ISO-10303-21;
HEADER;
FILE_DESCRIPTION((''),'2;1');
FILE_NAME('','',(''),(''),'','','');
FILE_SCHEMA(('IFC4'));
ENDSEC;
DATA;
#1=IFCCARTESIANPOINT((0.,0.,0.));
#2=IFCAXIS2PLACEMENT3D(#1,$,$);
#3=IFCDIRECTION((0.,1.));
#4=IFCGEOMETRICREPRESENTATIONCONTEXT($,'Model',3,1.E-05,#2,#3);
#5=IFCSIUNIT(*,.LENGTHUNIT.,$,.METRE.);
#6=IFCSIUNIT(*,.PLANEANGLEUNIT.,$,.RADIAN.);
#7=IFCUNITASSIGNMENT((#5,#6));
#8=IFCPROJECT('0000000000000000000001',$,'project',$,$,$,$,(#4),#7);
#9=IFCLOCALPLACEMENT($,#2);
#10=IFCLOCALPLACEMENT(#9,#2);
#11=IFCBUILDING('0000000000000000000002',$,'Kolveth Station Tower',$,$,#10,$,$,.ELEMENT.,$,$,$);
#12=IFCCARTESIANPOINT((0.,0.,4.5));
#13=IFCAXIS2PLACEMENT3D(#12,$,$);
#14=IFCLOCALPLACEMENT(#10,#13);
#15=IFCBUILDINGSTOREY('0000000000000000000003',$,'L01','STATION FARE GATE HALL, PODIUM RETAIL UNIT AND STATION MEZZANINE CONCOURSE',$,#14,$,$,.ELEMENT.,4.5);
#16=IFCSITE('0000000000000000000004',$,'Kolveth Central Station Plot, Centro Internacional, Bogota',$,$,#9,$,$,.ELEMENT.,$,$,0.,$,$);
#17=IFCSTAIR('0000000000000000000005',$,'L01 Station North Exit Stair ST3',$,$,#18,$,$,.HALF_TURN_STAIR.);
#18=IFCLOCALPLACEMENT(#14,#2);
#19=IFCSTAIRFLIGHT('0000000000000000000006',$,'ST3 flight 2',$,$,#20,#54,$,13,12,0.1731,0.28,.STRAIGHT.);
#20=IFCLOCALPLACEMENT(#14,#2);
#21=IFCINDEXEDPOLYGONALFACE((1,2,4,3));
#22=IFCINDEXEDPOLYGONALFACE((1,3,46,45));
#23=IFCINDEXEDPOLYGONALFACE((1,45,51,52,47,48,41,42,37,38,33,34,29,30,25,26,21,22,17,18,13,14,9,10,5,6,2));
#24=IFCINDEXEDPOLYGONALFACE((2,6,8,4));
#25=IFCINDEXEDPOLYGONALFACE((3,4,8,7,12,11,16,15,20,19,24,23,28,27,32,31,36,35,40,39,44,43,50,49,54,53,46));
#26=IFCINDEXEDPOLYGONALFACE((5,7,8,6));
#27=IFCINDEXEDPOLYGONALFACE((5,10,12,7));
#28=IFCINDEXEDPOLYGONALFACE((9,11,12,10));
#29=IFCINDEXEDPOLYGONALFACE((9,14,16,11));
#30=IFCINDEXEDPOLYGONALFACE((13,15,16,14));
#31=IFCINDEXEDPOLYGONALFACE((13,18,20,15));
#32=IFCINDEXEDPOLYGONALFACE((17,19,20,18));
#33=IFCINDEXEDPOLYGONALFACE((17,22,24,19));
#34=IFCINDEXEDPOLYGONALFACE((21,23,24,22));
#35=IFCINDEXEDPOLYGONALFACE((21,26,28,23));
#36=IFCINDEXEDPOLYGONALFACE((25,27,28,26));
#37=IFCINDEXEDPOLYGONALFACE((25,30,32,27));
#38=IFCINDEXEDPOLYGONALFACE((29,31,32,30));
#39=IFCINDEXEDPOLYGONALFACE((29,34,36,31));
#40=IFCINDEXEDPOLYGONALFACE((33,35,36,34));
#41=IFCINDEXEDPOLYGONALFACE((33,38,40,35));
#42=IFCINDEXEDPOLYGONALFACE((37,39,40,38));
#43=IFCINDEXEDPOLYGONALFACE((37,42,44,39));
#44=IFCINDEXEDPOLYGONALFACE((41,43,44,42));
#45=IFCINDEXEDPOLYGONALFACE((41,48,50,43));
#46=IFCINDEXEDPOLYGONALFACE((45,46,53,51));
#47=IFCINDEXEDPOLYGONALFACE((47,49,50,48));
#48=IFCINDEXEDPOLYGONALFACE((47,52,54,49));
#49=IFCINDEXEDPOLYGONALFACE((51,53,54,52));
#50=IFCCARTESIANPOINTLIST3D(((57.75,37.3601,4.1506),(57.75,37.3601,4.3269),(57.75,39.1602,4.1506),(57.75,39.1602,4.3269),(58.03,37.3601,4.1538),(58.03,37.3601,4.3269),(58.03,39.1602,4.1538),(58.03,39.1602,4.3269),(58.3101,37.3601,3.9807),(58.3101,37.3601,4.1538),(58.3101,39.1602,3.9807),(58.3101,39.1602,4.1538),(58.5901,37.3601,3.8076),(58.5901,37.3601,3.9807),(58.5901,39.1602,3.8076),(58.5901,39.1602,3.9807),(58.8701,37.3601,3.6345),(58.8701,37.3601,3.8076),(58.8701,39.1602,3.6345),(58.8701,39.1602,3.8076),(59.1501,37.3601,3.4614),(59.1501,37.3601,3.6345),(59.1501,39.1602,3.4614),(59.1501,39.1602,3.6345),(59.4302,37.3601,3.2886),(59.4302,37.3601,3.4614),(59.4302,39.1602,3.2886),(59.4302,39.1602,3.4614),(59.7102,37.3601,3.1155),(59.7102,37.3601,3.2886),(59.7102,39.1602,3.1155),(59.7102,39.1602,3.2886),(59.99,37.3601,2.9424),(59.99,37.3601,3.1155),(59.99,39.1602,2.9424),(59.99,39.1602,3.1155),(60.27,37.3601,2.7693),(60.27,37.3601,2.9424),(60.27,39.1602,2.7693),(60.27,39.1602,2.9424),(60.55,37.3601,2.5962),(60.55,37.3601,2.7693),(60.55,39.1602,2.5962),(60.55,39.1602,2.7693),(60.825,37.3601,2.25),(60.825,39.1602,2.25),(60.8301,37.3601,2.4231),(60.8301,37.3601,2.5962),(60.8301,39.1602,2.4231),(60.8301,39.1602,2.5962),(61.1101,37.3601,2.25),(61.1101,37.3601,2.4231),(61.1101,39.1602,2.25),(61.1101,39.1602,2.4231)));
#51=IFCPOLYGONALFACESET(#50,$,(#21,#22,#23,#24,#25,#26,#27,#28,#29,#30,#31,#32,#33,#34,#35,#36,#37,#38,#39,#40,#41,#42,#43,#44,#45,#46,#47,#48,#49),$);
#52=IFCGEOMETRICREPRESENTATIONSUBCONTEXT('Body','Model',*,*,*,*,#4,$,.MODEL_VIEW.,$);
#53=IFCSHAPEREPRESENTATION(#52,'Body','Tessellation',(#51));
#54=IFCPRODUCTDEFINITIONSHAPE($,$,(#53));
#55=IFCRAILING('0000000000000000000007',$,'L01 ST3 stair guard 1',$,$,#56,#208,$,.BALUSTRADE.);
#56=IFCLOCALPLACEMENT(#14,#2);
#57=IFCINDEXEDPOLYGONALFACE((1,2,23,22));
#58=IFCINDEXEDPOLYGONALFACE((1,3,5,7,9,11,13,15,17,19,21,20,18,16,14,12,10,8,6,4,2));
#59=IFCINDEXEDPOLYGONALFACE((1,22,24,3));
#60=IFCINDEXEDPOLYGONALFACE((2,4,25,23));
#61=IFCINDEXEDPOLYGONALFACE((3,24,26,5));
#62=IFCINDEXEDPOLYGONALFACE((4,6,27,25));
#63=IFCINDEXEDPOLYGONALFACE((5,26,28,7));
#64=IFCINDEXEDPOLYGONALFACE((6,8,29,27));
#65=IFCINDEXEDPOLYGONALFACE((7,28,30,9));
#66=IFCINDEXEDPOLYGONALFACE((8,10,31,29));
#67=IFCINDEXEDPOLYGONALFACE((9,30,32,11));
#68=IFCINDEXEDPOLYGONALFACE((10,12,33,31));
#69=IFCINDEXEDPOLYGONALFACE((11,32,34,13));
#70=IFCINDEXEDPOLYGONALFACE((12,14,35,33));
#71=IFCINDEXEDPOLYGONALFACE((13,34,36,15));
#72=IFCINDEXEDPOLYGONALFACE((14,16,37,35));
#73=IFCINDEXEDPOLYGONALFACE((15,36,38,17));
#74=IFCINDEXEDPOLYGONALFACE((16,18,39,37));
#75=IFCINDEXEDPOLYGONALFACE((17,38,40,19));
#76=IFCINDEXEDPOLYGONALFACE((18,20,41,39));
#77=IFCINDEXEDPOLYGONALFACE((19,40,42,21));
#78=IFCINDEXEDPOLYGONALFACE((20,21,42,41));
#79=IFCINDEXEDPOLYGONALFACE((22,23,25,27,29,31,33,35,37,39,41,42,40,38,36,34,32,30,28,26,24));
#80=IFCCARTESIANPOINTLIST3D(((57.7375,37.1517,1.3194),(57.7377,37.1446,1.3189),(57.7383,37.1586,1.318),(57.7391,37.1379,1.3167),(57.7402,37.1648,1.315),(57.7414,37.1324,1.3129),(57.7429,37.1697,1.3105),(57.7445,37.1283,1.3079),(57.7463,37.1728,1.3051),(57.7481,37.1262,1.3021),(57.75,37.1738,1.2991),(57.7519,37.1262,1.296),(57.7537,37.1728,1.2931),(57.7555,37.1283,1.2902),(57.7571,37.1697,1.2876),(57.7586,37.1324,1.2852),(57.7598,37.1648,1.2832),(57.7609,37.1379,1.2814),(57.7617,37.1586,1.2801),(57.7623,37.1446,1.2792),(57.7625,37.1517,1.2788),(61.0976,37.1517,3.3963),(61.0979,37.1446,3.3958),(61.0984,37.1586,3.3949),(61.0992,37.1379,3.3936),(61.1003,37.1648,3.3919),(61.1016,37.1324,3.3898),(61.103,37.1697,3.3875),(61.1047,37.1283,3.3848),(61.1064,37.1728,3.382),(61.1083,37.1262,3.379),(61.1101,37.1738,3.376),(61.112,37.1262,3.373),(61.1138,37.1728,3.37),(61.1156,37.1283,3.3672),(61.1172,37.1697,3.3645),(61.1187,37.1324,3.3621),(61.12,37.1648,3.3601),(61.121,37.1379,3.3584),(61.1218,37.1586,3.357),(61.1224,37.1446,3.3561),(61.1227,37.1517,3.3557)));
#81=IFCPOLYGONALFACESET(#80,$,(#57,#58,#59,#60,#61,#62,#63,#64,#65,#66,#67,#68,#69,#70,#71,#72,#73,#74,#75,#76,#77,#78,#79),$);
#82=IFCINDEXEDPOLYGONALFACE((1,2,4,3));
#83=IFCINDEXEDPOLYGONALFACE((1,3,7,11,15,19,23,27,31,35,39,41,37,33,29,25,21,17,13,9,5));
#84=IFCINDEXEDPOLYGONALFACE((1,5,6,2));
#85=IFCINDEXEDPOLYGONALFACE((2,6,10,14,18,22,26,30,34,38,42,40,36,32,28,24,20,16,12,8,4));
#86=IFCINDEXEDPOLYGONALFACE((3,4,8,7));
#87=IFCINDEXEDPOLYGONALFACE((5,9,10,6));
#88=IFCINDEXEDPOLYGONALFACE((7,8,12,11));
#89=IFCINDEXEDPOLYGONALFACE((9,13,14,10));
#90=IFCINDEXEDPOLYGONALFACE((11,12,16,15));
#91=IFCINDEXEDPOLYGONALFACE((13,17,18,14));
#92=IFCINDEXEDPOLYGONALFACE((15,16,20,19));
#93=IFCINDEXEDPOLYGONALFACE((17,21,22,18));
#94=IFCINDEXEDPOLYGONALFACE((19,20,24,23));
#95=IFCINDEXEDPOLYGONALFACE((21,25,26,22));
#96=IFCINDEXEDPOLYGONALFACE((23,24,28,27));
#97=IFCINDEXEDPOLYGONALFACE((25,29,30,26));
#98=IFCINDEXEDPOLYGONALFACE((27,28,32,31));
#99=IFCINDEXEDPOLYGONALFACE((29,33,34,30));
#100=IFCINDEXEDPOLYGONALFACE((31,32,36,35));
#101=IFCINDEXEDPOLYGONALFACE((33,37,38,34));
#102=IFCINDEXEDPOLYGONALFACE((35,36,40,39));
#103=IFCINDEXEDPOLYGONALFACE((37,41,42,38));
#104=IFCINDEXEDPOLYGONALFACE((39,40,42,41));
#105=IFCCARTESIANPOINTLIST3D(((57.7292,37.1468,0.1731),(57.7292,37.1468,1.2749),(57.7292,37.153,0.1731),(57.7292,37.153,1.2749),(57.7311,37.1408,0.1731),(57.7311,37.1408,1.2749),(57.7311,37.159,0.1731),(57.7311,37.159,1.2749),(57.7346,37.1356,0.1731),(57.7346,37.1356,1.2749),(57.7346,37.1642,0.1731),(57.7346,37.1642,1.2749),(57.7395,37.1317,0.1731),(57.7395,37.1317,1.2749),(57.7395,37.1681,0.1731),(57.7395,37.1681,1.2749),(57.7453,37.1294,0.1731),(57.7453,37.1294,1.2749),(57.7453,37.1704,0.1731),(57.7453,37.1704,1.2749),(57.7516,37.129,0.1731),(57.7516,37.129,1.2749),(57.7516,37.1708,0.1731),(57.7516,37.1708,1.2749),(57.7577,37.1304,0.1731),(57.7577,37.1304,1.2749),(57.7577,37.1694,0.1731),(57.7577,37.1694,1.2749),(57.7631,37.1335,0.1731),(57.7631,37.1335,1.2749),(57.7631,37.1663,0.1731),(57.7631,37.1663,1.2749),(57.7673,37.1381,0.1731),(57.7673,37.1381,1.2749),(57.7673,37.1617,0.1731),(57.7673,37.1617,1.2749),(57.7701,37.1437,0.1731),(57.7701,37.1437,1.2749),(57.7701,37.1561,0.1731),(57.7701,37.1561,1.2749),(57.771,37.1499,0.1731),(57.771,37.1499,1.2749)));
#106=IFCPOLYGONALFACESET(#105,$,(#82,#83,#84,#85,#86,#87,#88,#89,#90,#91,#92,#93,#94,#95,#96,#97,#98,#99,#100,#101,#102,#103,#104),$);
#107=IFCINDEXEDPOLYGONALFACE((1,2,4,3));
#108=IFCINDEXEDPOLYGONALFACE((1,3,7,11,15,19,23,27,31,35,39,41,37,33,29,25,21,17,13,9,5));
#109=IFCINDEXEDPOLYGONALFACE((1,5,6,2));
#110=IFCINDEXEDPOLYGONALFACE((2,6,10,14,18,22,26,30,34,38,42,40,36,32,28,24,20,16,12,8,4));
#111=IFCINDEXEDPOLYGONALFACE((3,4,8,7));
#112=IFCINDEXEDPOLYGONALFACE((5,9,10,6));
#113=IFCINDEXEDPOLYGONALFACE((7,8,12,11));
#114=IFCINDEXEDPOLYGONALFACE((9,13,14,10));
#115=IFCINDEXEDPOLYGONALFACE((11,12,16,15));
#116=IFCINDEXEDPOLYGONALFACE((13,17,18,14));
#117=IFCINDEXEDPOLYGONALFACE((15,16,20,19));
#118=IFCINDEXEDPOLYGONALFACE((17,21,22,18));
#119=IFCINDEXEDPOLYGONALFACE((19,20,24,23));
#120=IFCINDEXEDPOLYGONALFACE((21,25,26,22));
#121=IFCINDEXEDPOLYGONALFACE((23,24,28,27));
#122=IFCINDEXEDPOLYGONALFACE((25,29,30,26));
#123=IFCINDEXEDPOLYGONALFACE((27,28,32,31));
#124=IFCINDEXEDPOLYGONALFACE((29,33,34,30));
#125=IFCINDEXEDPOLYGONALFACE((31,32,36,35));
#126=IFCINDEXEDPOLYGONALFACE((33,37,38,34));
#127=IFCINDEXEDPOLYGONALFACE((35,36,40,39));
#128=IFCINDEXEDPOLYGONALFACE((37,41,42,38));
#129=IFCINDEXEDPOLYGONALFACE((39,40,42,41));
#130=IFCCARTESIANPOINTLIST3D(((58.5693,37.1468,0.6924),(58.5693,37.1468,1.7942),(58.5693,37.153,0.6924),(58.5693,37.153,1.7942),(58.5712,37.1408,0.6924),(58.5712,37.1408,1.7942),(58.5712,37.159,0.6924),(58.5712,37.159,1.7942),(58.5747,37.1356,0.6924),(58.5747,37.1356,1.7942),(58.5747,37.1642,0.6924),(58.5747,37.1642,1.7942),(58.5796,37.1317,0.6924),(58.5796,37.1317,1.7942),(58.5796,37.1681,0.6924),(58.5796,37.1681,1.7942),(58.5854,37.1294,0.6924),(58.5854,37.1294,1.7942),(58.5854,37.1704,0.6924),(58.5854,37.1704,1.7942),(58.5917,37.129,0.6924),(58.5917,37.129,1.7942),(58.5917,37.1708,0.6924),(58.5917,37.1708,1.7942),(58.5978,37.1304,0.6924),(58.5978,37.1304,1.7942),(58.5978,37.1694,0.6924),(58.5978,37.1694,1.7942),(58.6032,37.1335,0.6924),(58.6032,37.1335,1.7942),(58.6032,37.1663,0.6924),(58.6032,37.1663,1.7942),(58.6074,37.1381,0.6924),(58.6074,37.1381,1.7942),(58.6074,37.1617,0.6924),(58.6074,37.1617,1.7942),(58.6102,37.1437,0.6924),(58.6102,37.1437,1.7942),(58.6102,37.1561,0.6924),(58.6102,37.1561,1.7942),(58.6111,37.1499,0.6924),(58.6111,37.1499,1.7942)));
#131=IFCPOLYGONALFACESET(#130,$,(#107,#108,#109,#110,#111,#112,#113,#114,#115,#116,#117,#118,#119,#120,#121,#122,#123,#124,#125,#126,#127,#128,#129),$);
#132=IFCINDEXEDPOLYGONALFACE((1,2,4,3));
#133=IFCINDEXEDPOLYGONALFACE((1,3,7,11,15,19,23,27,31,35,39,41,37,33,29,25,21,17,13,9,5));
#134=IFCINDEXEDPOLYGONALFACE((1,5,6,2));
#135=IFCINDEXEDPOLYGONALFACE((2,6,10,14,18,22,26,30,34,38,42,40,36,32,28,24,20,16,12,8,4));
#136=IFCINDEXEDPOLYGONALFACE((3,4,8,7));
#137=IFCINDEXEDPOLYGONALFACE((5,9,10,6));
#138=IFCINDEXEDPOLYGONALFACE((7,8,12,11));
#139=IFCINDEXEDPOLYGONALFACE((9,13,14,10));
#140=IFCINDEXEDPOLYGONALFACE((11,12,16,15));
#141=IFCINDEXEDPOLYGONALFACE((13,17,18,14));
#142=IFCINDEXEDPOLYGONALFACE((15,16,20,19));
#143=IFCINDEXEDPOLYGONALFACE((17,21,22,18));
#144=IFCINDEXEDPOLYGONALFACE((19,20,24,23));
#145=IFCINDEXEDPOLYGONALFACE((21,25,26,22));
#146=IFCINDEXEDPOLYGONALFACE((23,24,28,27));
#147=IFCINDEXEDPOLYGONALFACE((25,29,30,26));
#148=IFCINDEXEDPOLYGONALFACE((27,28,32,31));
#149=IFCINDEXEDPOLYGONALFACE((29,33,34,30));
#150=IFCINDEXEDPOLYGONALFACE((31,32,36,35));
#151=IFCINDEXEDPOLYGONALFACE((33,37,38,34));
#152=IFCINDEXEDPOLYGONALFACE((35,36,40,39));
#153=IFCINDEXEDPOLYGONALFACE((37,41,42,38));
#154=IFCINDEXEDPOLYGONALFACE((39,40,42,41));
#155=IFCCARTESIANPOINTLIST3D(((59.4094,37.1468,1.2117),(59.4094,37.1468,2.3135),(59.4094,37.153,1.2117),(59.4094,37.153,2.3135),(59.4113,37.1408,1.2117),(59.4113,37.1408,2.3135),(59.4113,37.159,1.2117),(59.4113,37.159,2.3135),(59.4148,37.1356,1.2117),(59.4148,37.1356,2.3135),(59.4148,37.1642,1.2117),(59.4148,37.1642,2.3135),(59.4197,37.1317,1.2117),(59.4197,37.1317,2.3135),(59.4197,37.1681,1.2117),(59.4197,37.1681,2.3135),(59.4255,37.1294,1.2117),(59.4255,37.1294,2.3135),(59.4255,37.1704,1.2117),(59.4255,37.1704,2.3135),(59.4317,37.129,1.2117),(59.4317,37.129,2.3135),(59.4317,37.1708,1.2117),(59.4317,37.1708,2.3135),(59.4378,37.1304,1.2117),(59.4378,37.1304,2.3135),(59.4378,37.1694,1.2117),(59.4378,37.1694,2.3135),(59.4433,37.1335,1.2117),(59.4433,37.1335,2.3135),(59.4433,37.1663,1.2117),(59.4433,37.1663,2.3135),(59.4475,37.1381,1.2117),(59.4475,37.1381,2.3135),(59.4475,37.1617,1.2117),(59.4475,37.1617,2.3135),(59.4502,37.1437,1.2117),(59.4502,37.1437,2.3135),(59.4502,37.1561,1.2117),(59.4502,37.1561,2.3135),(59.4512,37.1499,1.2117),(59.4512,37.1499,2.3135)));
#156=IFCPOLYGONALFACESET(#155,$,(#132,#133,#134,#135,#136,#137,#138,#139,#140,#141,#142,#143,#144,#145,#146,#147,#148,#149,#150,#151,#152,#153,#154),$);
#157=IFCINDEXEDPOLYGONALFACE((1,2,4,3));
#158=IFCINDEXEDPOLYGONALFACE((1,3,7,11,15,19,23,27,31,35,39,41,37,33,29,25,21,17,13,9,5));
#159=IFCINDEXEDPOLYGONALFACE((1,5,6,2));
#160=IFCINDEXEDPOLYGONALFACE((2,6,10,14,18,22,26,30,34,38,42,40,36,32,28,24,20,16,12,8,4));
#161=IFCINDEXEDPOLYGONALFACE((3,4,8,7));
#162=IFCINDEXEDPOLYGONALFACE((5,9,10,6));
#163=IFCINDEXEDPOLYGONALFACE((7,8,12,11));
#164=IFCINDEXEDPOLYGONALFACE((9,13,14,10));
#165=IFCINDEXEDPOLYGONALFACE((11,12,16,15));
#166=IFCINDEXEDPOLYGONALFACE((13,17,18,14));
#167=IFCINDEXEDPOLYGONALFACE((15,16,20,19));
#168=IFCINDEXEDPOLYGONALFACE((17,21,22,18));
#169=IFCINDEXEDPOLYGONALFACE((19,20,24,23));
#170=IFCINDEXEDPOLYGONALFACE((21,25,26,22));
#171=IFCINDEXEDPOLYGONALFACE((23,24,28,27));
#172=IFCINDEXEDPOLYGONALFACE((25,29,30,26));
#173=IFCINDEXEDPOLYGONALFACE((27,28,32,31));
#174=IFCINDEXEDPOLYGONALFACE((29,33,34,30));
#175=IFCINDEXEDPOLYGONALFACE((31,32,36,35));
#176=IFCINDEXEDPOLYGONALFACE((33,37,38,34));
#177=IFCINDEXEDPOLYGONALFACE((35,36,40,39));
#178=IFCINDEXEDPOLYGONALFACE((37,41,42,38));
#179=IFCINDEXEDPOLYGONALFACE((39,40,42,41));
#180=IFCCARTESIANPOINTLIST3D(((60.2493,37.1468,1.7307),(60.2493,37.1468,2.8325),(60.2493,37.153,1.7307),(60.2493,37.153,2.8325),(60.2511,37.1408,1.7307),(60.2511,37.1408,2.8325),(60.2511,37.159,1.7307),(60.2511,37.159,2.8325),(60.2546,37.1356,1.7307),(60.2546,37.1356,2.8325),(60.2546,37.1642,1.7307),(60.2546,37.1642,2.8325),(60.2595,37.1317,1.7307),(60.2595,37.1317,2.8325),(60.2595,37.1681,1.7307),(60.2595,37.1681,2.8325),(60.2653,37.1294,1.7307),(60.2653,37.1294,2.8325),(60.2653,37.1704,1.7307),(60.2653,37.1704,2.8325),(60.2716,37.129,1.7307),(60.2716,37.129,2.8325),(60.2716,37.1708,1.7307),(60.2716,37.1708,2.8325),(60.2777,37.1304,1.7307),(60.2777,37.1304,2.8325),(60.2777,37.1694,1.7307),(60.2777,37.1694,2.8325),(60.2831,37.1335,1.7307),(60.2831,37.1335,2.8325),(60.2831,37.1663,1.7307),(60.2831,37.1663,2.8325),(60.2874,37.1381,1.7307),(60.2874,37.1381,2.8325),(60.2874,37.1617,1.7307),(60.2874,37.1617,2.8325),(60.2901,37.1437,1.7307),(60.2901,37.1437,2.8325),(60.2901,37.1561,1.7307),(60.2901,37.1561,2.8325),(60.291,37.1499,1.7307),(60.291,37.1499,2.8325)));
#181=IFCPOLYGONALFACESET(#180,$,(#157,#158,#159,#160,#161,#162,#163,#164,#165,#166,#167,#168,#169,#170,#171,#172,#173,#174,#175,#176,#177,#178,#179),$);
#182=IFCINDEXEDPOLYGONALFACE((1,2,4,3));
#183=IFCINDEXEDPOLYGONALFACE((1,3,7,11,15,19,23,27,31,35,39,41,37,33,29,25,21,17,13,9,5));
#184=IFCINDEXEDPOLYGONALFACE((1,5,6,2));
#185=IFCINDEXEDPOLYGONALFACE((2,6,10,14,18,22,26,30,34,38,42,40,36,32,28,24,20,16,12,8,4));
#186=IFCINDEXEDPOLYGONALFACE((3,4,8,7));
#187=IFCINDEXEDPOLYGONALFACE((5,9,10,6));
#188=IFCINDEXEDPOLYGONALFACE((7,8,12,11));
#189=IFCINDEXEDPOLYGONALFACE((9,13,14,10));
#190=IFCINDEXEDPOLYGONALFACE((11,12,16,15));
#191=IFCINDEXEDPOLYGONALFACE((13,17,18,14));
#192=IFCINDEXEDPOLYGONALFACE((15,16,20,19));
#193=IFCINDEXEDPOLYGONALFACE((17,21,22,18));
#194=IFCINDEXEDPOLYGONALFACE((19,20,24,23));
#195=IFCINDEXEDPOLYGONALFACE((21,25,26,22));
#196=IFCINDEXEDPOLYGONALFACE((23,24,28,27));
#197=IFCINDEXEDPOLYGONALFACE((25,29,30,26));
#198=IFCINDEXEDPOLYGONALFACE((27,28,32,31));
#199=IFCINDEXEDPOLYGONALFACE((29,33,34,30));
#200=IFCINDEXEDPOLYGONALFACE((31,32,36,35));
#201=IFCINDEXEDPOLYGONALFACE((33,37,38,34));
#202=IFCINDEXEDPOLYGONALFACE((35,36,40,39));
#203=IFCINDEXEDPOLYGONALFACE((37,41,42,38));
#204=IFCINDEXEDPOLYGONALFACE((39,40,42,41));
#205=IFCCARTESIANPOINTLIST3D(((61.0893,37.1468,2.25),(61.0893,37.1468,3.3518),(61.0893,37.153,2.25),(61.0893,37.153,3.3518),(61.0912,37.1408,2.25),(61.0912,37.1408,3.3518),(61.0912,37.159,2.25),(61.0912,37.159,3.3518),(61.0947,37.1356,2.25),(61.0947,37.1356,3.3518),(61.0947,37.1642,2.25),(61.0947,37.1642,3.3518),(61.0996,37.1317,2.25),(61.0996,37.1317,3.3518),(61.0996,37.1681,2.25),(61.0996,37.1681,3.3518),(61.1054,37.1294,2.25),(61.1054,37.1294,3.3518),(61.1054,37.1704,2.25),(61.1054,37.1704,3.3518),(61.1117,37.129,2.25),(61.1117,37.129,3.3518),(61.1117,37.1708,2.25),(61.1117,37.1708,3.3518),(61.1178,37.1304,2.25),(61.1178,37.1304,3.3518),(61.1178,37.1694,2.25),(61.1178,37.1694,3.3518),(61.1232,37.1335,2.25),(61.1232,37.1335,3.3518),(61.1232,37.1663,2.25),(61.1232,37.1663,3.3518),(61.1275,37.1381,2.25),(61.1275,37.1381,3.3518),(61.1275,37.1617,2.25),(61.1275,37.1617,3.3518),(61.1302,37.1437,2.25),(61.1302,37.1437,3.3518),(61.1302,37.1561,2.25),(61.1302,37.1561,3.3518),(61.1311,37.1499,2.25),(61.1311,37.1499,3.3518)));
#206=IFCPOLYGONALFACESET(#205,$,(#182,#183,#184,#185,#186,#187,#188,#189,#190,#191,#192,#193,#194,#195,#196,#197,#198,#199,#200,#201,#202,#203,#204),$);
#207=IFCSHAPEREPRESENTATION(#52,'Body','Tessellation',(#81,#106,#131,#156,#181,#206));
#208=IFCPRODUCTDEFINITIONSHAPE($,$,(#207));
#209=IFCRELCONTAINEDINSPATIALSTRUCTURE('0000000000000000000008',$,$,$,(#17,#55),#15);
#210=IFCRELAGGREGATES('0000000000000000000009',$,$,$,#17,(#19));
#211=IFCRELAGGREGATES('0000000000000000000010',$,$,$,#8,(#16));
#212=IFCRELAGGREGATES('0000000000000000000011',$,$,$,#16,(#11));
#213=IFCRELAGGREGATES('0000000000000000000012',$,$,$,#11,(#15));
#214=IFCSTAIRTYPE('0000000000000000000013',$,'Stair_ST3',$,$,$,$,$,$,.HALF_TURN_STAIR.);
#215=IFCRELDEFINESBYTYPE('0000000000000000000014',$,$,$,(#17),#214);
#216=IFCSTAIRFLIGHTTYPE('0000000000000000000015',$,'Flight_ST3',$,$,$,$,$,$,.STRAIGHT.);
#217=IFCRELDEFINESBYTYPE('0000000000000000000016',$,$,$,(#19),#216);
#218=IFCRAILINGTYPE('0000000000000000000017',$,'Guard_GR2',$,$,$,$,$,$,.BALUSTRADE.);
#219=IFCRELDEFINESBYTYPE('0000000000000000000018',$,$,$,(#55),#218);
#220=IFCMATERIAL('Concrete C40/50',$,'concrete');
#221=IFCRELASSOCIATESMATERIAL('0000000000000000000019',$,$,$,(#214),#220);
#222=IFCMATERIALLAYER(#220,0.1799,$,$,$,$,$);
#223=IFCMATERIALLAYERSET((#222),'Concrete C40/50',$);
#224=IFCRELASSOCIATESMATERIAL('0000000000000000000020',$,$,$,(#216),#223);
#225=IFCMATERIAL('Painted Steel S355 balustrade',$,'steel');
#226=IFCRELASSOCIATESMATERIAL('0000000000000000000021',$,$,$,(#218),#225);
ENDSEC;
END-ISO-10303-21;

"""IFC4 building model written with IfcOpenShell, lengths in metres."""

from ifc_helpers import new_model, si_unit, direction, frame, origin, origin_2d, place, context, subcontext, project, spatial, polyline, circle, outline, extrude, material, layer, layer_set, type_object, element, aggregate, save


model = new_model("IFC4")

# Units and contexts
model_context = context("Model", 3, precision=1e-05, world=origin(), true_north=direction((0.0, 1.0)))
body_context = subcontext(model_context, "Body", "Model", "MODEL_VIEW")
ifc_project = project(units=[si_unit("LENGTHUNIT", "METRE"), si_unit("PLANEANGLEUNIT", "RADIAN")], contexts=[model_context])

# Site, building, storey
site_placement = place(None, origin())
site = spatial("IfcSite", under=ifc_project, at=site_placement, Name="Kolveth Central Station Plot, Centro Internacional, Bogota", CompositionType="ELEMENT", RefElevation=0.0)
building_placement = place(site_placement, origin())
building = spatial("IfcBuilding", under=site, at=building_placement, Name="Kolveth Station Tower", CompositionType="ELEMENT")
storey_placement = place(building_placement, frame((0.0, 0.0, 4.5)))
storey = spatial("IfcBuildingStorey", under=building, at=storey_placement, Name="L01", Description="STATION FARE GATE HALL, PODIUM RETAIL UNIT AND STATION MEZZANINE CONCOURSE", CompositionType="ELEMENT", Elevation=4.5)

# Shared definitions
ifc_material_1 = material(Name="Concrete C40/50", Category="concrete")

# Stair, stair flight
stair_type = type_object("IfcStairType", Name="Stair_ST3", PredefinedType="HALF_TURN_STAIR", material=ifc_material_1)
stair_placement = place(storey_placement, origin())
stair = element("IfcStair", 1, at=stair_placement, inside=storey, type_object=stair_type, Name="L01 Station North Exit Stair ST3", PredefinedType="HALF_TURN_STAIR")
ifc_layer_1 = layer(ifc_material_1, 0.1799)
ifc_layer_set_1 = layer_set([ifc_layer_1], Name="Concrete C40/50")
stair_flight_type = type_object("IfcStairFlightType", Name="Flight_ST3", PredefinedType="STRAIGHT", material=ifc_layer_set_1)
stair_flight_1_placement = place(storey_placement, frame((61.1101, 38.26, 2.25), z_axis=(0.0, 0.0, 1.0), x_axis=(-1.0, 0.0, 0.0)))
stair_flight_1 = element("IfcStairFlight", 2, at=stair_flight_1_placement, type_object=stair_flight_type, Name="ST3 flight 2", NumberOfRisers=13, NumberOfTreads=12, PredefinedType="STRAIGHT", RiserHeight=0.1731, TreadLength=0.28, context=body_context, shape_type="SweptSolid", body=[
    extrude(outline(polyline([(0.0, 0.0), (0.0, 0.1731), (0.28, 0.1731), (0.28, 0.3462), (0.5601, 0.3462), (0.5601, 0.5193), (0.8401, 0.5193), (0.8401, 0.6924), (1.1201, 0.6924), (1.1201, 0.8655), (1.3999, 0.8655), (1.3999, 1.0386), (1.6799, 1.0386), (1.6799, 1.2114), (1.96, 1.2114), (1.96, 1.3845), (2.24, 1.3845), (2.24, 1.5576), (2.52, 1.5576), (2.52, 1.7307), (2.8, 1.7307), (2.8, 1.9038), (3.0801, 1.9038), (3.0801, 2.0769), (3.3601, 2.0769), (3.3601, 2.25), (3.3601, 1.9006), (0.2852, 0.0), (0.0, 0.0)])), frame((0.0, 0.8999, 0.0), z_axis=(0.0, -1.0, 0.0), x_axis=(1.0, 0.0, 0.0)), (0.0, 0.0, 1.0), 1.8),
])
aggregate(stair, [stair_flight_1])

# Railing
ifc_material_2 = material(Name="Painted Steel S355 balustrade", Category="steel")
railing_type_1 = type_object("IfcRailingType", Name="Guard_GR2", PredefinedType="BALUSTRADE", material=ifc_material_2)
railing_1_placement = place(storey_placement, frame((57.75, 37.1499, 0.1731)))
element("IfcRailing", 3, at=railing_1_placement, inside=storey, type_object=railing_type_1, Name="L01 ST3 stair guard 1", PredefinedType="BALUSTRADE", context=body_context, shape_type="SweptSolid", body=[
    extrude(circle(Radius=0.0239, at=origin_2d()), frame((0.0, 0.0, 1.126), z_axis=(0.850623, 0.0, 0.525776), x_axis=(0.0, 1.0, 0.0)), (0.0, 0.0, 1.0), 3.9502),
    extrude(circle(Radius=0.021, at=origin_2d()), origin(), (0.0, 0.0, 1.0), 1.1018),
    extrude(circle(Radius=0.021, at=origin_2d()), frame((0.8401, 0.0, 0.5193)), (0.0, 0.0, 1.0), 1.1018),
    extrude(circle(Radius=0.021, at=origin_2d()), frame((1.6802, 0.0, 1.0386)), (0.0, 0.0, 1.0), 1.1018),
    extrude(circle(Radius=0.021, at=origin_2d()), frame((2.52, 0.0, 1.5576)), (0.0, 0.0, 1.0), 1.1018),
    extrude(circle(Radius=0.021, at=origin_2d()), frame((3.3601, 0.0, 2.0769)), (0.0, 0.0, 1.0), 1.1018),
])

save(model, "model.ifc")
